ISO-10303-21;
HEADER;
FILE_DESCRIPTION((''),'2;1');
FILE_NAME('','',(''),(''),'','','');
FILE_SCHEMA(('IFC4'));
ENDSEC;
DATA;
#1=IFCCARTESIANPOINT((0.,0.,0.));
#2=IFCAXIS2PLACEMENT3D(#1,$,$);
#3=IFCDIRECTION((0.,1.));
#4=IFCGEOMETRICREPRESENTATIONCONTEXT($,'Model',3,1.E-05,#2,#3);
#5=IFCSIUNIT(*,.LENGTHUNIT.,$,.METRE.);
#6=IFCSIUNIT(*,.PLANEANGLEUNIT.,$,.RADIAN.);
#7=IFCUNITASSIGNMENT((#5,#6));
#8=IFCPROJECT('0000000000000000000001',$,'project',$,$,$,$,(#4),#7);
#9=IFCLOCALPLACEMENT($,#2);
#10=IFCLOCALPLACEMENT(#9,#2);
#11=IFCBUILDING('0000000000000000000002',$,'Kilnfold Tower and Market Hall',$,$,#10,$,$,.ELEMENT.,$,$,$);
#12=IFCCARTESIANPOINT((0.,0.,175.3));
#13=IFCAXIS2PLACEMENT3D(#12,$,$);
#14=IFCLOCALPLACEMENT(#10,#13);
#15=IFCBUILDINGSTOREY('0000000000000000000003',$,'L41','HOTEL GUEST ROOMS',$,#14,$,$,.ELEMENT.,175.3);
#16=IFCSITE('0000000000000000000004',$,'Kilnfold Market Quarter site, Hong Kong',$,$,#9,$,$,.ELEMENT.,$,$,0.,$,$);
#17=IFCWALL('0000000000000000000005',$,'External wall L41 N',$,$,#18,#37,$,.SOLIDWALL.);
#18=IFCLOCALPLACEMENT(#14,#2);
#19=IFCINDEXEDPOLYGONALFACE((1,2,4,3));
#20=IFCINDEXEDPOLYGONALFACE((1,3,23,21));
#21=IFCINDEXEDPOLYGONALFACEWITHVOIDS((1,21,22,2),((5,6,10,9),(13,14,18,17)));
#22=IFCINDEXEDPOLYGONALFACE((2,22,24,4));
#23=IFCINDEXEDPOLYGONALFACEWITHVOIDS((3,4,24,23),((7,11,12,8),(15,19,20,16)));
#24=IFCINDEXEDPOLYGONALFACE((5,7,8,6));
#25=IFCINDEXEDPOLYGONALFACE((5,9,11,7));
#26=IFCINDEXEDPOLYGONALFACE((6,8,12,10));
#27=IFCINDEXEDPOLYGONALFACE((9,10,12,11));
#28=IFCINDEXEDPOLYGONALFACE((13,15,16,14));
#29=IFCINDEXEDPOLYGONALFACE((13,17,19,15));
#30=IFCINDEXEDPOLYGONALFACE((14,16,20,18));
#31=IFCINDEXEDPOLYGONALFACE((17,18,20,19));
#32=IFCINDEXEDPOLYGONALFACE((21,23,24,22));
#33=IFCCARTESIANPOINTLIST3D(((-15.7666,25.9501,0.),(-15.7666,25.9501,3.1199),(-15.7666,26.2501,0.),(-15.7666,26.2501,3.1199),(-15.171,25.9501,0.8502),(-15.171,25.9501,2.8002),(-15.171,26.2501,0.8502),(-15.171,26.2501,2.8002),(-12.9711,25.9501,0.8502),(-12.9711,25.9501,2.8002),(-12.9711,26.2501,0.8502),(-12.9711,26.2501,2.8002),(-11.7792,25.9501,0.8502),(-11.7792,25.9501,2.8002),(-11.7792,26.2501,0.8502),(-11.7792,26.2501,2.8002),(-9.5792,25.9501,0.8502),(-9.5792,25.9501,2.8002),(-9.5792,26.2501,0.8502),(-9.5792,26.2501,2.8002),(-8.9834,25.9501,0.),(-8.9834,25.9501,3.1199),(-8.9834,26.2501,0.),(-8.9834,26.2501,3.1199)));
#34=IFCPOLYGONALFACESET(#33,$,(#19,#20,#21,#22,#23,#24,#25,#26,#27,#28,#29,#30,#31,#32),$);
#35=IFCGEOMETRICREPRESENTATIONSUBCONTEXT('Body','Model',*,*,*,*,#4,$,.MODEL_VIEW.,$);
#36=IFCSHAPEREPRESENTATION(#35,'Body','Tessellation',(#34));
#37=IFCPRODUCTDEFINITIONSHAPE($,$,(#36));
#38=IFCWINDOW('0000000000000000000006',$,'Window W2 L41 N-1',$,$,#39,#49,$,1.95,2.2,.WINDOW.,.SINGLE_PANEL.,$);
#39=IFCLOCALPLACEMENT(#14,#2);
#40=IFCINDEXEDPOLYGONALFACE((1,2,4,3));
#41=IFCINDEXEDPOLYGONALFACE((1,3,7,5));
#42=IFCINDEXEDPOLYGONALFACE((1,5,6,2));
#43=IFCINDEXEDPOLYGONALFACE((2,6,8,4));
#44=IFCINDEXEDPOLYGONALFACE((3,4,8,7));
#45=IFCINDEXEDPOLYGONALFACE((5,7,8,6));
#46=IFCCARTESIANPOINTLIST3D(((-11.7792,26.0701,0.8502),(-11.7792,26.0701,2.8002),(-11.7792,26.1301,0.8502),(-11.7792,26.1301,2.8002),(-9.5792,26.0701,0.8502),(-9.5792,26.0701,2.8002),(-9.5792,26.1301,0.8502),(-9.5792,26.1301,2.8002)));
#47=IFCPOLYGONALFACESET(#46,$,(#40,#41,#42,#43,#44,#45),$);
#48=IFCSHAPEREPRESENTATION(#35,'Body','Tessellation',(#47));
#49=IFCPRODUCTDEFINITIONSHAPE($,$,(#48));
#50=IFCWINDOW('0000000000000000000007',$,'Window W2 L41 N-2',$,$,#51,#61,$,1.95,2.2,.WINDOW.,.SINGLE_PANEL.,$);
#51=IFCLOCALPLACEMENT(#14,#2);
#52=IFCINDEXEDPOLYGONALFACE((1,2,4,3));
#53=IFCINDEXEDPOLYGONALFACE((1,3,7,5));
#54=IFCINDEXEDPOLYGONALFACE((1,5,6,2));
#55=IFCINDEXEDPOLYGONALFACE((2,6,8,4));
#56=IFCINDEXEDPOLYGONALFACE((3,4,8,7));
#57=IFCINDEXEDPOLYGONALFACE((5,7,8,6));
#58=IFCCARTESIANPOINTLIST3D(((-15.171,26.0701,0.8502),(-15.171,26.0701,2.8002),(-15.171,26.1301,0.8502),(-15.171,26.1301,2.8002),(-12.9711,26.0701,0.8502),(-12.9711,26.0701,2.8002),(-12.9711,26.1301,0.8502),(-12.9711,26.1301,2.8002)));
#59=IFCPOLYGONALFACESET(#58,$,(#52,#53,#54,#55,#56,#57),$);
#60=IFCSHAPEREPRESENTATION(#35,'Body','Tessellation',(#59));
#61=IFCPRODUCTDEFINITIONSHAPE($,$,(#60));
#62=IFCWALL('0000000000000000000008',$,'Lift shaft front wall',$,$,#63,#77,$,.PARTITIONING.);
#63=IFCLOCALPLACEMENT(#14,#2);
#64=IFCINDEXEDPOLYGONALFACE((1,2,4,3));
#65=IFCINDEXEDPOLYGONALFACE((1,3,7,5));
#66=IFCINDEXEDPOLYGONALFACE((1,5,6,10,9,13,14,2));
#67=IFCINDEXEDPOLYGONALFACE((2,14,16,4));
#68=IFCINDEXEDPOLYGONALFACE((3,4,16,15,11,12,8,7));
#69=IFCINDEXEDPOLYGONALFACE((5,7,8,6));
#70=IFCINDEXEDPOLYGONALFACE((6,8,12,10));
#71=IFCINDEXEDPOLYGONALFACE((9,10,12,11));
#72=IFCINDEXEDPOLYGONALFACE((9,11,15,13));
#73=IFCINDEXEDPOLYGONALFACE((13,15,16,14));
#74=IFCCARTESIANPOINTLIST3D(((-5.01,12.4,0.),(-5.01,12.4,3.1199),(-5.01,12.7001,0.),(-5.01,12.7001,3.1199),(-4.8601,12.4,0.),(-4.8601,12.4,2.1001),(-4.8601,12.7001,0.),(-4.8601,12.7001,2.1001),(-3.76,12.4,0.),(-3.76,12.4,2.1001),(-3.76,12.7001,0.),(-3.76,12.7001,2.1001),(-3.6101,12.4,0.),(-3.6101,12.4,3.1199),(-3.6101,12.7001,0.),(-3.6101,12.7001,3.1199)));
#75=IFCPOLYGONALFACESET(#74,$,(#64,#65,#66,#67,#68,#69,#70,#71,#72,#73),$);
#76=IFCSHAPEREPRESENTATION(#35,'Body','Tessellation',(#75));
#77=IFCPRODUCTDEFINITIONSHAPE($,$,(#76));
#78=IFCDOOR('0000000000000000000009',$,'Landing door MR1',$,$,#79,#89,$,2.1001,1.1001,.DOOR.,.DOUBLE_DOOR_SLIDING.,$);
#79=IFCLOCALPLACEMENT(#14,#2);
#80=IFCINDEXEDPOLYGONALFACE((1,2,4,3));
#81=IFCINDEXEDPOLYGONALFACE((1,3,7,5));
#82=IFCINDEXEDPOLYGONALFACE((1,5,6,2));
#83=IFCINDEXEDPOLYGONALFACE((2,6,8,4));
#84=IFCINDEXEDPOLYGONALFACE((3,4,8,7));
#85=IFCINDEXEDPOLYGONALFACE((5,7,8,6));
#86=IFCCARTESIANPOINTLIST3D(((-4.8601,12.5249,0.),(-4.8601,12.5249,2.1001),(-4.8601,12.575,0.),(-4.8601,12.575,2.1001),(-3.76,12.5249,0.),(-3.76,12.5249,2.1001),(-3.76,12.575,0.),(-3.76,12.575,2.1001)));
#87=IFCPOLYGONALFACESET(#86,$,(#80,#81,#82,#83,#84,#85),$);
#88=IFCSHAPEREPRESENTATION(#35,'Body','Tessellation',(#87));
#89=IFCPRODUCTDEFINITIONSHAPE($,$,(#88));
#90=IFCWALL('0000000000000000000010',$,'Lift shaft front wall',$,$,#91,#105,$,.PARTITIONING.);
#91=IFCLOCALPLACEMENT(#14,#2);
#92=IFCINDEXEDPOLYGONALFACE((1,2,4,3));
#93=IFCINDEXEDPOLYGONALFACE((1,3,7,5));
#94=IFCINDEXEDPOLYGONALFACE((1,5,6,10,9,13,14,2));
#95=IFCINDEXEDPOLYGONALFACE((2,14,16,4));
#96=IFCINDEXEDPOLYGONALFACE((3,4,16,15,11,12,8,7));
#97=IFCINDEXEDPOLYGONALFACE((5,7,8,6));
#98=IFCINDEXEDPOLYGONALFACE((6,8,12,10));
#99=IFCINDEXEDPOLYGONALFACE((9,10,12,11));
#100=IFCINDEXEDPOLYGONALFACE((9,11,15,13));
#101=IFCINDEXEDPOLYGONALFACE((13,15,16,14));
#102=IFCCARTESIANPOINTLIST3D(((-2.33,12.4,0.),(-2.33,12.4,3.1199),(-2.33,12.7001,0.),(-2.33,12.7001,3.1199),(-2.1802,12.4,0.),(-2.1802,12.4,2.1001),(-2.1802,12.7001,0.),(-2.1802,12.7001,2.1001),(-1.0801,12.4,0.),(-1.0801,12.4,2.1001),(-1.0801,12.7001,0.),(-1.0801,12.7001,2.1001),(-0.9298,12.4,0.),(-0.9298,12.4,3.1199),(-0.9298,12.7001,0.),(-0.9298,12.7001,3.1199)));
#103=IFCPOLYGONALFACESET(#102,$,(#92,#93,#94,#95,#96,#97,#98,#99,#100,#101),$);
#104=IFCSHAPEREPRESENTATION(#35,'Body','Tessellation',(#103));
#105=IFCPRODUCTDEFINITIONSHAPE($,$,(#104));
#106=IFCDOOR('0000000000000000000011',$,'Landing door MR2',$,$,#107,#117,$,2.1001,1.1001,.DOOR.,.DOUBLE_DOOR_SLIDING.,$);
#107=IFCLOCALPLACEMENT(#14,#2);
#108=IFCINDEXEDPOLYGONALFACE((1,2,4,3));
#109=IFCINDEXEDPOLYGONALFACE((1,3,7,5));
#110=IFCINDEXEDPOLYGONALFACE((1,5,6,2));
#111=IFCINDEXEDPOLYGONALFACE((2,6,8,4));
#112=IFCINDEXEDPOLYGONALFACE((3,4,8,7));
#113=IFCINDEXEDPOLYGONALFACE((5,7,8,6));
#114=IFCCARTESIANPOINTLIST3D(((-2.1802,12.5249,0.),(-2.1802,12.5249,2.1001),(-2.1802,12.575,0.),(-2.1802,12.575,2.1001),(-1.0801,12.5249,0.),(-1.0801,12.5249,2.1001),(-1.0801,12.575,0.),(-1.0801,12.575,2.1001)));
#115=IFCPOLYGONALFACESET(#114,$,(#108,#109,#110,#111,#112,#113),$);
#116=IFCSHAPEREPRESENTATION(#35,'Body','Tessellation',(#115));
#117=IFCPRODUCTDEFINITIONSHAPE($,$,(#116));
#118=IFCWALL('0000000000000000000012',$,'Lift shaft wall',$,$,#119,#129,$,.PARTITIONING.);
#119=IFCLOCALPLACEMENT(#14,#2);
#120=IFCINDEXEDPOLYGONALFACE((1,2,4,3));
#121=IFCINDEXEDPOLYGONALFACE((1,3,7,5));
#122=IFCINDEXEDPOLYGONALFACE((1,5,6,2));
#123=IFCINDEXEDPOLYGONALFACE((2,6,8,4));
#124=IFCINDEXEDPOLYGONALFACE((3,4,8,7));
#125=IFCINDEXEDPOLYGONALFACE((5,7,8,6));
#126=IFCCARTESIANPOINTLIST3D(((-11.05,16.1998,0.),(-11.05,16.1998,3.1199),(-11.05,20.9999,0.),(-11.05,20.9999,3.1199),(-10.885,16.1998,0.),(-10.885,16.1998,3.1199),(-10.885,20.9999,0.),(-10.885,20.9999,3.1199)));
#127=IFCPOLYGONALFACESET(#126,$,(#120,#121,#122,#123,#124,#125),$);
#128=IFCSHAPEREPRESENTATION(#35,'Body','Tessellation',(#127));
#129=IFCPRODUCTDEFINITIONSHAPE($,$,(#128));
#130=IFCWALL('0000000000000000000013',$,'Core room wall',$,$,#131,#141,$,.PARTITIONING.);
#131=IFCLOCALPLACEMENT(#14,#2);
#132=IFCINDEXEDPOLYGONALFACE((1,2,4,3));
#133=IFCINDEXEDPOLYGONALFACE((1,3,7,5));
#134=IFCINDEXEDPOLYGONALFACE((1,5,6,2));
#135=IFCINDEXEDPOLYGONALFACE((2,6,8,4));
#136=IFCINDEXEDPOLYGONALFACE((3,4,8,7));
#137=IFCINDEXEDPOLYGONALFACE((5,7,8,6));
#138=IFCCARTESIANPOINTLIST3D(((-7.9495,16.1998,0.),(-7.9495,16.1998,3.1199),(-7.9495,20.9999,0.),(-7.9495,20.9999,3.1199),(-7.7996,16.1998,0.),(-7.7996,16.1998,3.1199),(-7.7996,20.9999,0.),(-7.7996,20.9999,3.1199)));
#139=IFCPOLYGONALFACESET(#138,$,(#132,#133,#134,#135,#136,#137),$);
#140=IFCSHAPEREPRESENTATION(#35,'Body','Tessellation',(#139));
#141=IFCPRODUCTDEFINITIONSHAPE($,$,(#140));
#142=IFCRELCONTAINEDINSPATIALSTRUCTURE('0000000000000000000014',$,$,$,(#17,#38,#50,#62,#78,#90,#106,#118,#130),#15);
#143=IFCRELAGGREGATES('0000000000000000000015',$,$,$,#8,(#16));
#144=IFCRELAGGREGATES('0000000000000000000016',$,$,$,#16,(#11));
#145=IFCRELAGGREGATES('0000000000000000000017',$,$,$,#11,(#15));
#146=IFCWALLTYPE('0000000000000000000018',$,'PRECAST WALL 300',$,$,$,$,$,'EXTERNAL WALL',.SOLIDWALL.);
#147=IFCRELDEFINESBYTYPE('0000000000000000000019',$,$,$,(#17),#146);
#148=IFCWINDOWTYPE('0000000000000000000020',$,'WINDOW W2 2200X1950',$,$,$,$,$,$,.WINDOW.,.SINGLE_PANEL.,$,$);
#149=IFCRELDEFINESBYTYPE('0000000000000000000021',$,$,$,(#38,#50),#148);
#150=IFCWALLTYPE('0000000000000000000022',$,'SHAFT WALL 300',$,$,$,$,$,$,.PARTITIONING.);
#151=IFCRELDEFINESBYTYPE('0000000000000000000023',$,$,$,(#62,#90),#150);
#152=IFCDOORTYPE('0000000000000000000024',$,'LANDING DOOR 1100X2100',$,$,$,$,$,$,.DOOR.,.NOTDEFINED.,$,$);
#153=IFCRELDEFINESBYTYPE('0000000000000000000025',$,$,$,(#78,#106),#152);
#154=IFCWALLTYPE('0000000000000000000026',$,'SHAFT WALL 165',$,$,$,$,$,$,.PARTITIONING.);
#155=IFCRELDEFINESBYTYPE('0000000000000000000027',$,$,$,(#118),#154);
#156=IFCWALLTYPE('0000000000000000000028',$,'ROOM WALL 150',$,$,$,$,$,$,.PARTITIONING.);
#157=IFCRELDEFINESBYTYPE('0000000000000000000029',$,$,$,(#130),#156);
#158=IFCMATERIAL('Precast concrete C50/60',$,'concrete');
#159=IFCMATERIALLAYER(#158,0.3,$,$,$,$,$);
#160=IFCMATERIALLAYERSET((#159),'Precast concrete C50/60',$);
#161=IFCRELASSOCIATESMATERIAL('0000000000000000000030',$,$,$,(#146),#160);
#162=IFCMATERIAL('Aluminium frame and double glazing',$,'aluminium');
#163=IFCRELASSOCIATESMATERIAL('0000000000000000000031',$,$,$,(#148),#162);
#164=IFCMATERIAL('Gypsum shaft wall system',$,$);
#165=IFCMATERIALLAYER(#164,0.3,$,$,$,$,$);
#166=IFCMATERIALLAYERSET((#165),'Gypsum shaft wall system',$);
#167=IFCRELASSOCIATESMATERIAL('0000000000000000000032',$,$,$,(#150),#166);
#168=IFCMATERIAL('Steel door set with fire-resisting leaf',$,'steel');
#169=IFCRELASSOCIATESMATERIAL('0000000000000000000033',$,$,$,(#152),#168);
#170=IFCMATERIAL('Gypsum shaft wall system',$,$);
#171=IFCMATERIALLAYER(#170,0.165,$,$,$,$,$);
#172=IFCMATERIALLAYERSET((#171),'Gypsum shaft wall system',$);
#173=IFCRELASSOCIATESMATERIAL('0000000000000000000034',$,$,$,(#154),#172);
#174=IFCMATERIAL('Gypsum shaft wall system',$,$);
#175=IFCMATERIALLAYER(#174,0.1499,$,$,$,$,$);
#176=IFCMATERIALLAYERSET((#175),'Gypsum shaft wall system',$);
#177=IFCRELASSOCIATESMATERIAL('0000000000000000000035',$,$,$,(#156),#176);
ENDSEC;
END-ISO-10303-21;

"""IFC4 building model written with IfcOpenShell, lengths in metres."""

from ifc_helpers import new_model, si_unit, direction, frame, frame_2d, origin, place, context, subcontext, project, spatial, rectangle, extrude, source, transform, mapped, material, layer, layer_set, type_object, element, fill, save


model = new_model("IFC4")

# Units and contexts
model_context = context("Model", 3, precision=1e-05, world=origin(), true_north=direction((0.0, 1.0)))
body_context = subcontext(model_context, "Body", "Model", "MODEL_VIEW")
ifc_project = project(units=[si_unit("LENGTHUNIT", "METRE"), si_unit("PLANEANGLEUNIT", "RADIAN")], contexts=[model_context])

# Site, building, storey
site_placement = place(None, origin())
site = spatial("IfcSite", under=ifc_project, at=site_placement, Name="Kilnfold Market Quarter site, Hong Kong", CompositionType="ELEMENT", RefElevation=0.0)
building_placement = place(site_placement, origin())
building = spatial("IfcBuilding", under=site, at=building_placement, Name="Kilnfold Tower and Market Hall", CompositionType="ELEMENT")
storey_placement = place(building_placement, frame((0.0, 0.0, 175.3)))
storey = spatial("IfcBuildingStorey", under=building, at=storey_placement, Name="L41", Description="HOTEL GUEST ROOMS", CompositionType="ELEMENT", Elevation=175.3)

# Wall, openings, windows
ifc_material_1 = material(Name="Precast concrete C50/60", Category="concrete")
ifc_layer_1 = layer(ifc_material_1, 0.3)
ifc_layer_set_1 = layer_set([ifc_layer_1], Name="Precast concrete C50/60")
wall_type_1 = type_object("IfcWallType", Name="PRECAST WALL 300", ElementType="EXTERNAL WALL", PredefinedType="SOLIDWALL", material=ifc_layer_set_1)
ifc_material_2 = material(Name="Aluminium frame and double glazing", Category="aluminium")
window_type = type_object("IfcWindowType", Name="WINDOW W2 2200X1950", PartitioningType="SINGLE_PANEL", PredefinedType="WINDOW", material=ifc_material_2)
shared_shape_1 = source(origin(), body_context, "Body", "SweptSolid", [
    extrude(rectangle(XDim=6.7832, YDim=0.3, at=frame_2d((3.3916, 0.0))), origin(), (0.0, 0.0, 1.0), 3.1199),
])
wall_1_placement = place(storey_placement, frame((-8.9834, 26.1001, 0.0), z_axis=(0.0, 0.0, 1.0), x_axis=(-1.0, 0.0, 0.0)))
wall_1 = element("IfcWall", 1, at=wall_1_placement, inside=storey, type_object=wall_type_1, Name="External wall L41 N", PredefinedType="SOLIDWALL", context=body_context, shape_type="MappedRepresentation", body=[
    mapped(shared_shape_1, transform((0.0, 0.0, 0.0))),
])
opening_1_placement = place(wall_1_placement, frame((0.5957, 0.0, 0.8501)))
opening_1 = element("IfcOpeningElement", 2, at=opening_1_placement, cuts=wall_1, PredefinedType="OPENING", context=body_context, shape_type="SweptSolid", body=[
    extrude(rectangle(XDim=2.2, YDim=1.95, at=frame_2d((1.1001, 0.9751))), frame((0.0, 0.1602, 0.0), z_axis=(0.0, -1.0, 0.0), x_axis=(1.0, 0.0, 0.0)), (0.0, 0.0, 1.0), 0.3201),
])
opening_2_placement = place(wall_1_placement, frame((3.9875, 0.0, 0.8501)))
opening_2 = element("IfcOpeningElement", 3, at=opening_2_placement, cuts=wall_1, PredefinedType="OPENING", context=body_context, shape_type="SweptSolid", body=[
    extrude(rectangle(XDim=2.2, YDim=1.95, at=frame_2d((1.1001, 0.9751))), frame((0.0, 0.1602, 0.0), z_axis=(0.0, -1.0, 0.0), x_axis=(1.0, 0.0, 0.0)), (0.0, 0.0, 1.0), 0.3201),
])
window_1_placement = place(opening_1_placement, origin())
window_1 = element("IfcWindow", 4, at=window_1_placement, inside=storey, type_object=window_type, Name="Window W2 L41 N-1", OverallHeight=1.95, OverallWidth=2.2, PartitioningType="SINGLE_PANEL", PredefinedType="WINDOW", context=body_context, shape_type="SweptSolid", body=[
    extrude(rectangle(XDim=2.2, YDim=1.95, at=frame_2d((1.1001, 0.9751))), frame((0.0, 0.03, 0.0), z_axis=(0.0, -1.0, 0.0), x_axis=(1.0, 0.0, 0.0)), (0.0, 0.0, 1.0), 0.0601),
])
fill(opening_1, window_1)
window_2_placement = place(opening_2_placement, origin())
window_2 = element("IfcWindow", 5, at=window_2_placement, inside=storey, type_object=window_type, Name="Window W2 L41 N-2", OverallHeight=1.95, OverallWidth=2.2, PartitioningType="SINGLE_PANEL", PredefinedType="WINDOW", context=body_context, shape_type="SweptSolid", body=[
    extrude(rectangle(XDim=2.2, YDim=1.95, at=frame_2d((1.1001, 0.9751))), frame((0.0, 0.03, 0.0), z_axis=(0.0, -1.0, 0.0), x_axis=(1.0, 0.0, 0.0)), (0.0, 0.0, 1.0), 0.0601),
])
fill(opening_2, window_2)

# Walls, openings, doors
ifc_material_3 = material(Name="Gypsum shaft wall system")
ifc_layer_2 = layer(ifc_material_3, 0.3)
ifc_layer_set_2 = layer_set([ifc_layer_2], Name="Gypsum shaft wall system")
wall_type_2 = type_object("IfcWallType", Name="SHAFT WALL 300", PredefinedType="PARTITIONING", material=ifc_layer_set_2)
shared_shape_2 = source(origin(), body_context, "Body", "SweptSolid", [
    extrude(rectangle(XDim=1.3999, YDim=0.3, at=frame_2d((0.7, 0.0))), origin(), (0.0, 0.0, 1.0), 3.1199),
])
wall_2_placement = place(storey_placement, frame((-5.01, 12.55, 0.0), z_axis=(0.0, 0.0, 1.0), x_axis=(1.0, 0.0, 0.0)))
wall_2 = element("IfcWall", 6, at=wall_2_placement, inside=storey, type_object=wall_type_2, Name="Lift shaft front wall", PredefinedType="PARTITIONING", context=body_context, shape_type="MappedRepresentation", body=[
    mapped(shared_shape_2, transform((0.0, 0.0, 0.0))),
])
opening_3_placement = place(wall_2_placement, frame((0.1499, 0.0, 0.0)))
opening_3 = element("IfcOpeningElement", 7, at=opening_3_placement, cuts=wall_2, PredefinedType="OPENING", context=body_context, shape_type="SweptSolid", body=[
    extrude(rectangle(XDim=1.1001, YDim=2.1001, at=frame_2d((0.55, 1.05))), frame((0.0, 0.1602, 0.0), z_axis=(0.0, -1.0, 0.0), x_axis=(1.0, 0.0, 0.0)), (0.0, 0.0, 1.0), 0.3201),
])
ifc_material_4 = material(Name="Steel door set with fire-resisting leaf", Category="steel")
door_type = type_object("IfcDoorType", Name="LANDING DOOR 1100X2100", OperationType="NOTDEFINED", PredefinedType="DOOR", material=ifc_material_4)
door_1_placement = place(opening_3_placement, origin())
door_1 = element("IfcDoor", 8, at=door_1_placement, inside=storey, type_object=door_type, Name="Landing door MR1", OperationType="DOUBLE_DOOR_SLIDING", OverallHeight=2.1001, OverallWidth=1.1001, PredefinedType="DOOR", context=body_context, shape_type="SweptSolid", body=[
    extrude(rectangle(XDim=1.1001, YDim=2.1001, at=frame_2d((0.55, 1.05))), frame((0.0, 0.0249, 0.0), z_axis=(0.0, -1.0, 0.0), x_axis=(1.0, 0.0, 0.0)), (0.0, 0.0, 1.0), 0.05),
])
fill(opening_3, door_1)
shared_shape_3 = source(origin(), body_context, "Body", "SweptSolid", [
    extrude(rectangle(XDim=1.4001, YDim=0.3, at=frame_2d((0.7002, 0.0))), origin(), (0.0, 0.0, 1.0), 3.1199),
])
wall_3_placement = place(storey_placement, frame((-2.3301, 12.55, 0.0), z_axis=(0.0, 0.0, 1.0), x_axis=(1.0, 0.0, 0.0)))
wall_3 = element("IfcWall", 9, at=wall_3_placement, inside=storey, type_object=wall_type_2, Name="Lift shaft front wall", PredefinedType="PARTITIONING", context=body_context, shape_type="MappedRepresentation", body=[
    mapped(shared_shape_3, transform((0.0, 0.0, 0.0))),
])
opening_4_placement = place(wall_3_placement, frame((0.1499, 0.0, 0.0)))
opening_4 = element("IfcOpeningElement", 10, at=opening_4_placement, cuts=wall_3, PredefinedType="OPENING", context=body_context, shape_type="SweptSolid", body=[
    extrude(rectangle(XDim=1.1001, YDim=2.1001, at=frame_2d((0.55, 1.05))), frame((0.0, 0.1602, 0.0), z_axis=(0.0, -1.0, 0.0), x_axis=(1.0, 0.0, 0.0)), (0.0, 0.0, 1.0), 0.3201),
])
door_2_placement = place(opening_4_placement, origin())
door_2 = element("IfcDoor", 11, at=door_2_placement, inside=storey, type_object=door_type, Name="Landing door MR2", OperationType="DOUBLE_DOOR_SLIDING", OverallHeight=2.1001, OverallWidth=1.1001, PredefinedType="DOOR", context=body_context, shape_type="SweptSolid", body=[
    extrude(rectangle(XDim=1.1001, YDim=2.1001, at=frame_2d((0.55, 1.05))), frame((0.0, 0.0249, 0.0), z_axis=(0.0, -1.0, 0.0), x_axis=(1.0, 0.0, 0.0)), (0.0, 0.0, 1.0), 0.05),
])
fill(opening_4, door_2)

# Walls
ifc_material_5 = material(Name="Gypsum shaft wall system")
ifc_layer_3 = layer(ifc_material_5, 0.165)
ifc_layer_set_3 = layer_set([ifc_layer_3], Name="Gypsum shaft wall system")
wall_type_3 = type_object("IfcWallType", Name="SHAFT WALL 165", PredefinedType="PARTITIONING", material=ifc_layer_set_3)
shared_shape_4 = source(origin(), body_context, "Body", "SweptSolid", [
    extrude(rectangle(XDim=4.8, YDim=0.165, at=frame_2d((2.3999, 0.0))), origin(), (0.0, 0.0, 1.0), 3.1199),
])
wall_4_placement = place(storey_placement, frame((-10.9675, 16.2, 0.0), z_axis=(0.0, 0.0, 1.0), x_axis=(0.0, 1.0, 0.0)))
element("IfcWall", 12, at=wall_4_placement, inside=storey, type_object=wall_type_3, Name="Lift shaft wall", PredefinedType="PARTITIONING", context=body_context, shape_type="MappedRepresentation", body=[
    mapped(shared_shape_4, transform((0.0, 0.0, 0.0))),
])
ifc_material_6 = material(Name="Gypsum shaft wall system")
ifc_layer_4 = layer(ifc_material_6, 0.1499)
ifc_layer_set_4 = layer_set([ifc_layer_4], Name="Gypsum shaft wall system")
wall_type_4 = type_object("IfcWallType", Name="ROOM WALL 150", PredefinedType="PARTITIONING", material=ifc_layer_set_4)
shared_shape_5 = source(origin(), body_context, "Body", "SweptSolid", [
    extrude(rectangle(XDim=4.8, YDim=0.1499, at=frame_2d((2.3999, 0.0))), origin(), (0.0, 0.0, 1.0), 3.1199),
])
wall_5_placement = place(storey_placement, frame((-7.8745, 16.2, 0.0), z_axis=(0.0, 0.0, 1.0), x_axis=(0.0, 1.0, 0.0)))
element("IfcWall", 13, at=wall_5_placement, inside=storey, type_object=wall_type_4, Name="Core room wall", PredefinedType="PARTITIONING", context=body_context, shape_type="MappedRepresentation", body=[
    mapped(shared_shape_5, transform((0.0, 0.0, 0.0))),
])

save(model, "model.ifc")
